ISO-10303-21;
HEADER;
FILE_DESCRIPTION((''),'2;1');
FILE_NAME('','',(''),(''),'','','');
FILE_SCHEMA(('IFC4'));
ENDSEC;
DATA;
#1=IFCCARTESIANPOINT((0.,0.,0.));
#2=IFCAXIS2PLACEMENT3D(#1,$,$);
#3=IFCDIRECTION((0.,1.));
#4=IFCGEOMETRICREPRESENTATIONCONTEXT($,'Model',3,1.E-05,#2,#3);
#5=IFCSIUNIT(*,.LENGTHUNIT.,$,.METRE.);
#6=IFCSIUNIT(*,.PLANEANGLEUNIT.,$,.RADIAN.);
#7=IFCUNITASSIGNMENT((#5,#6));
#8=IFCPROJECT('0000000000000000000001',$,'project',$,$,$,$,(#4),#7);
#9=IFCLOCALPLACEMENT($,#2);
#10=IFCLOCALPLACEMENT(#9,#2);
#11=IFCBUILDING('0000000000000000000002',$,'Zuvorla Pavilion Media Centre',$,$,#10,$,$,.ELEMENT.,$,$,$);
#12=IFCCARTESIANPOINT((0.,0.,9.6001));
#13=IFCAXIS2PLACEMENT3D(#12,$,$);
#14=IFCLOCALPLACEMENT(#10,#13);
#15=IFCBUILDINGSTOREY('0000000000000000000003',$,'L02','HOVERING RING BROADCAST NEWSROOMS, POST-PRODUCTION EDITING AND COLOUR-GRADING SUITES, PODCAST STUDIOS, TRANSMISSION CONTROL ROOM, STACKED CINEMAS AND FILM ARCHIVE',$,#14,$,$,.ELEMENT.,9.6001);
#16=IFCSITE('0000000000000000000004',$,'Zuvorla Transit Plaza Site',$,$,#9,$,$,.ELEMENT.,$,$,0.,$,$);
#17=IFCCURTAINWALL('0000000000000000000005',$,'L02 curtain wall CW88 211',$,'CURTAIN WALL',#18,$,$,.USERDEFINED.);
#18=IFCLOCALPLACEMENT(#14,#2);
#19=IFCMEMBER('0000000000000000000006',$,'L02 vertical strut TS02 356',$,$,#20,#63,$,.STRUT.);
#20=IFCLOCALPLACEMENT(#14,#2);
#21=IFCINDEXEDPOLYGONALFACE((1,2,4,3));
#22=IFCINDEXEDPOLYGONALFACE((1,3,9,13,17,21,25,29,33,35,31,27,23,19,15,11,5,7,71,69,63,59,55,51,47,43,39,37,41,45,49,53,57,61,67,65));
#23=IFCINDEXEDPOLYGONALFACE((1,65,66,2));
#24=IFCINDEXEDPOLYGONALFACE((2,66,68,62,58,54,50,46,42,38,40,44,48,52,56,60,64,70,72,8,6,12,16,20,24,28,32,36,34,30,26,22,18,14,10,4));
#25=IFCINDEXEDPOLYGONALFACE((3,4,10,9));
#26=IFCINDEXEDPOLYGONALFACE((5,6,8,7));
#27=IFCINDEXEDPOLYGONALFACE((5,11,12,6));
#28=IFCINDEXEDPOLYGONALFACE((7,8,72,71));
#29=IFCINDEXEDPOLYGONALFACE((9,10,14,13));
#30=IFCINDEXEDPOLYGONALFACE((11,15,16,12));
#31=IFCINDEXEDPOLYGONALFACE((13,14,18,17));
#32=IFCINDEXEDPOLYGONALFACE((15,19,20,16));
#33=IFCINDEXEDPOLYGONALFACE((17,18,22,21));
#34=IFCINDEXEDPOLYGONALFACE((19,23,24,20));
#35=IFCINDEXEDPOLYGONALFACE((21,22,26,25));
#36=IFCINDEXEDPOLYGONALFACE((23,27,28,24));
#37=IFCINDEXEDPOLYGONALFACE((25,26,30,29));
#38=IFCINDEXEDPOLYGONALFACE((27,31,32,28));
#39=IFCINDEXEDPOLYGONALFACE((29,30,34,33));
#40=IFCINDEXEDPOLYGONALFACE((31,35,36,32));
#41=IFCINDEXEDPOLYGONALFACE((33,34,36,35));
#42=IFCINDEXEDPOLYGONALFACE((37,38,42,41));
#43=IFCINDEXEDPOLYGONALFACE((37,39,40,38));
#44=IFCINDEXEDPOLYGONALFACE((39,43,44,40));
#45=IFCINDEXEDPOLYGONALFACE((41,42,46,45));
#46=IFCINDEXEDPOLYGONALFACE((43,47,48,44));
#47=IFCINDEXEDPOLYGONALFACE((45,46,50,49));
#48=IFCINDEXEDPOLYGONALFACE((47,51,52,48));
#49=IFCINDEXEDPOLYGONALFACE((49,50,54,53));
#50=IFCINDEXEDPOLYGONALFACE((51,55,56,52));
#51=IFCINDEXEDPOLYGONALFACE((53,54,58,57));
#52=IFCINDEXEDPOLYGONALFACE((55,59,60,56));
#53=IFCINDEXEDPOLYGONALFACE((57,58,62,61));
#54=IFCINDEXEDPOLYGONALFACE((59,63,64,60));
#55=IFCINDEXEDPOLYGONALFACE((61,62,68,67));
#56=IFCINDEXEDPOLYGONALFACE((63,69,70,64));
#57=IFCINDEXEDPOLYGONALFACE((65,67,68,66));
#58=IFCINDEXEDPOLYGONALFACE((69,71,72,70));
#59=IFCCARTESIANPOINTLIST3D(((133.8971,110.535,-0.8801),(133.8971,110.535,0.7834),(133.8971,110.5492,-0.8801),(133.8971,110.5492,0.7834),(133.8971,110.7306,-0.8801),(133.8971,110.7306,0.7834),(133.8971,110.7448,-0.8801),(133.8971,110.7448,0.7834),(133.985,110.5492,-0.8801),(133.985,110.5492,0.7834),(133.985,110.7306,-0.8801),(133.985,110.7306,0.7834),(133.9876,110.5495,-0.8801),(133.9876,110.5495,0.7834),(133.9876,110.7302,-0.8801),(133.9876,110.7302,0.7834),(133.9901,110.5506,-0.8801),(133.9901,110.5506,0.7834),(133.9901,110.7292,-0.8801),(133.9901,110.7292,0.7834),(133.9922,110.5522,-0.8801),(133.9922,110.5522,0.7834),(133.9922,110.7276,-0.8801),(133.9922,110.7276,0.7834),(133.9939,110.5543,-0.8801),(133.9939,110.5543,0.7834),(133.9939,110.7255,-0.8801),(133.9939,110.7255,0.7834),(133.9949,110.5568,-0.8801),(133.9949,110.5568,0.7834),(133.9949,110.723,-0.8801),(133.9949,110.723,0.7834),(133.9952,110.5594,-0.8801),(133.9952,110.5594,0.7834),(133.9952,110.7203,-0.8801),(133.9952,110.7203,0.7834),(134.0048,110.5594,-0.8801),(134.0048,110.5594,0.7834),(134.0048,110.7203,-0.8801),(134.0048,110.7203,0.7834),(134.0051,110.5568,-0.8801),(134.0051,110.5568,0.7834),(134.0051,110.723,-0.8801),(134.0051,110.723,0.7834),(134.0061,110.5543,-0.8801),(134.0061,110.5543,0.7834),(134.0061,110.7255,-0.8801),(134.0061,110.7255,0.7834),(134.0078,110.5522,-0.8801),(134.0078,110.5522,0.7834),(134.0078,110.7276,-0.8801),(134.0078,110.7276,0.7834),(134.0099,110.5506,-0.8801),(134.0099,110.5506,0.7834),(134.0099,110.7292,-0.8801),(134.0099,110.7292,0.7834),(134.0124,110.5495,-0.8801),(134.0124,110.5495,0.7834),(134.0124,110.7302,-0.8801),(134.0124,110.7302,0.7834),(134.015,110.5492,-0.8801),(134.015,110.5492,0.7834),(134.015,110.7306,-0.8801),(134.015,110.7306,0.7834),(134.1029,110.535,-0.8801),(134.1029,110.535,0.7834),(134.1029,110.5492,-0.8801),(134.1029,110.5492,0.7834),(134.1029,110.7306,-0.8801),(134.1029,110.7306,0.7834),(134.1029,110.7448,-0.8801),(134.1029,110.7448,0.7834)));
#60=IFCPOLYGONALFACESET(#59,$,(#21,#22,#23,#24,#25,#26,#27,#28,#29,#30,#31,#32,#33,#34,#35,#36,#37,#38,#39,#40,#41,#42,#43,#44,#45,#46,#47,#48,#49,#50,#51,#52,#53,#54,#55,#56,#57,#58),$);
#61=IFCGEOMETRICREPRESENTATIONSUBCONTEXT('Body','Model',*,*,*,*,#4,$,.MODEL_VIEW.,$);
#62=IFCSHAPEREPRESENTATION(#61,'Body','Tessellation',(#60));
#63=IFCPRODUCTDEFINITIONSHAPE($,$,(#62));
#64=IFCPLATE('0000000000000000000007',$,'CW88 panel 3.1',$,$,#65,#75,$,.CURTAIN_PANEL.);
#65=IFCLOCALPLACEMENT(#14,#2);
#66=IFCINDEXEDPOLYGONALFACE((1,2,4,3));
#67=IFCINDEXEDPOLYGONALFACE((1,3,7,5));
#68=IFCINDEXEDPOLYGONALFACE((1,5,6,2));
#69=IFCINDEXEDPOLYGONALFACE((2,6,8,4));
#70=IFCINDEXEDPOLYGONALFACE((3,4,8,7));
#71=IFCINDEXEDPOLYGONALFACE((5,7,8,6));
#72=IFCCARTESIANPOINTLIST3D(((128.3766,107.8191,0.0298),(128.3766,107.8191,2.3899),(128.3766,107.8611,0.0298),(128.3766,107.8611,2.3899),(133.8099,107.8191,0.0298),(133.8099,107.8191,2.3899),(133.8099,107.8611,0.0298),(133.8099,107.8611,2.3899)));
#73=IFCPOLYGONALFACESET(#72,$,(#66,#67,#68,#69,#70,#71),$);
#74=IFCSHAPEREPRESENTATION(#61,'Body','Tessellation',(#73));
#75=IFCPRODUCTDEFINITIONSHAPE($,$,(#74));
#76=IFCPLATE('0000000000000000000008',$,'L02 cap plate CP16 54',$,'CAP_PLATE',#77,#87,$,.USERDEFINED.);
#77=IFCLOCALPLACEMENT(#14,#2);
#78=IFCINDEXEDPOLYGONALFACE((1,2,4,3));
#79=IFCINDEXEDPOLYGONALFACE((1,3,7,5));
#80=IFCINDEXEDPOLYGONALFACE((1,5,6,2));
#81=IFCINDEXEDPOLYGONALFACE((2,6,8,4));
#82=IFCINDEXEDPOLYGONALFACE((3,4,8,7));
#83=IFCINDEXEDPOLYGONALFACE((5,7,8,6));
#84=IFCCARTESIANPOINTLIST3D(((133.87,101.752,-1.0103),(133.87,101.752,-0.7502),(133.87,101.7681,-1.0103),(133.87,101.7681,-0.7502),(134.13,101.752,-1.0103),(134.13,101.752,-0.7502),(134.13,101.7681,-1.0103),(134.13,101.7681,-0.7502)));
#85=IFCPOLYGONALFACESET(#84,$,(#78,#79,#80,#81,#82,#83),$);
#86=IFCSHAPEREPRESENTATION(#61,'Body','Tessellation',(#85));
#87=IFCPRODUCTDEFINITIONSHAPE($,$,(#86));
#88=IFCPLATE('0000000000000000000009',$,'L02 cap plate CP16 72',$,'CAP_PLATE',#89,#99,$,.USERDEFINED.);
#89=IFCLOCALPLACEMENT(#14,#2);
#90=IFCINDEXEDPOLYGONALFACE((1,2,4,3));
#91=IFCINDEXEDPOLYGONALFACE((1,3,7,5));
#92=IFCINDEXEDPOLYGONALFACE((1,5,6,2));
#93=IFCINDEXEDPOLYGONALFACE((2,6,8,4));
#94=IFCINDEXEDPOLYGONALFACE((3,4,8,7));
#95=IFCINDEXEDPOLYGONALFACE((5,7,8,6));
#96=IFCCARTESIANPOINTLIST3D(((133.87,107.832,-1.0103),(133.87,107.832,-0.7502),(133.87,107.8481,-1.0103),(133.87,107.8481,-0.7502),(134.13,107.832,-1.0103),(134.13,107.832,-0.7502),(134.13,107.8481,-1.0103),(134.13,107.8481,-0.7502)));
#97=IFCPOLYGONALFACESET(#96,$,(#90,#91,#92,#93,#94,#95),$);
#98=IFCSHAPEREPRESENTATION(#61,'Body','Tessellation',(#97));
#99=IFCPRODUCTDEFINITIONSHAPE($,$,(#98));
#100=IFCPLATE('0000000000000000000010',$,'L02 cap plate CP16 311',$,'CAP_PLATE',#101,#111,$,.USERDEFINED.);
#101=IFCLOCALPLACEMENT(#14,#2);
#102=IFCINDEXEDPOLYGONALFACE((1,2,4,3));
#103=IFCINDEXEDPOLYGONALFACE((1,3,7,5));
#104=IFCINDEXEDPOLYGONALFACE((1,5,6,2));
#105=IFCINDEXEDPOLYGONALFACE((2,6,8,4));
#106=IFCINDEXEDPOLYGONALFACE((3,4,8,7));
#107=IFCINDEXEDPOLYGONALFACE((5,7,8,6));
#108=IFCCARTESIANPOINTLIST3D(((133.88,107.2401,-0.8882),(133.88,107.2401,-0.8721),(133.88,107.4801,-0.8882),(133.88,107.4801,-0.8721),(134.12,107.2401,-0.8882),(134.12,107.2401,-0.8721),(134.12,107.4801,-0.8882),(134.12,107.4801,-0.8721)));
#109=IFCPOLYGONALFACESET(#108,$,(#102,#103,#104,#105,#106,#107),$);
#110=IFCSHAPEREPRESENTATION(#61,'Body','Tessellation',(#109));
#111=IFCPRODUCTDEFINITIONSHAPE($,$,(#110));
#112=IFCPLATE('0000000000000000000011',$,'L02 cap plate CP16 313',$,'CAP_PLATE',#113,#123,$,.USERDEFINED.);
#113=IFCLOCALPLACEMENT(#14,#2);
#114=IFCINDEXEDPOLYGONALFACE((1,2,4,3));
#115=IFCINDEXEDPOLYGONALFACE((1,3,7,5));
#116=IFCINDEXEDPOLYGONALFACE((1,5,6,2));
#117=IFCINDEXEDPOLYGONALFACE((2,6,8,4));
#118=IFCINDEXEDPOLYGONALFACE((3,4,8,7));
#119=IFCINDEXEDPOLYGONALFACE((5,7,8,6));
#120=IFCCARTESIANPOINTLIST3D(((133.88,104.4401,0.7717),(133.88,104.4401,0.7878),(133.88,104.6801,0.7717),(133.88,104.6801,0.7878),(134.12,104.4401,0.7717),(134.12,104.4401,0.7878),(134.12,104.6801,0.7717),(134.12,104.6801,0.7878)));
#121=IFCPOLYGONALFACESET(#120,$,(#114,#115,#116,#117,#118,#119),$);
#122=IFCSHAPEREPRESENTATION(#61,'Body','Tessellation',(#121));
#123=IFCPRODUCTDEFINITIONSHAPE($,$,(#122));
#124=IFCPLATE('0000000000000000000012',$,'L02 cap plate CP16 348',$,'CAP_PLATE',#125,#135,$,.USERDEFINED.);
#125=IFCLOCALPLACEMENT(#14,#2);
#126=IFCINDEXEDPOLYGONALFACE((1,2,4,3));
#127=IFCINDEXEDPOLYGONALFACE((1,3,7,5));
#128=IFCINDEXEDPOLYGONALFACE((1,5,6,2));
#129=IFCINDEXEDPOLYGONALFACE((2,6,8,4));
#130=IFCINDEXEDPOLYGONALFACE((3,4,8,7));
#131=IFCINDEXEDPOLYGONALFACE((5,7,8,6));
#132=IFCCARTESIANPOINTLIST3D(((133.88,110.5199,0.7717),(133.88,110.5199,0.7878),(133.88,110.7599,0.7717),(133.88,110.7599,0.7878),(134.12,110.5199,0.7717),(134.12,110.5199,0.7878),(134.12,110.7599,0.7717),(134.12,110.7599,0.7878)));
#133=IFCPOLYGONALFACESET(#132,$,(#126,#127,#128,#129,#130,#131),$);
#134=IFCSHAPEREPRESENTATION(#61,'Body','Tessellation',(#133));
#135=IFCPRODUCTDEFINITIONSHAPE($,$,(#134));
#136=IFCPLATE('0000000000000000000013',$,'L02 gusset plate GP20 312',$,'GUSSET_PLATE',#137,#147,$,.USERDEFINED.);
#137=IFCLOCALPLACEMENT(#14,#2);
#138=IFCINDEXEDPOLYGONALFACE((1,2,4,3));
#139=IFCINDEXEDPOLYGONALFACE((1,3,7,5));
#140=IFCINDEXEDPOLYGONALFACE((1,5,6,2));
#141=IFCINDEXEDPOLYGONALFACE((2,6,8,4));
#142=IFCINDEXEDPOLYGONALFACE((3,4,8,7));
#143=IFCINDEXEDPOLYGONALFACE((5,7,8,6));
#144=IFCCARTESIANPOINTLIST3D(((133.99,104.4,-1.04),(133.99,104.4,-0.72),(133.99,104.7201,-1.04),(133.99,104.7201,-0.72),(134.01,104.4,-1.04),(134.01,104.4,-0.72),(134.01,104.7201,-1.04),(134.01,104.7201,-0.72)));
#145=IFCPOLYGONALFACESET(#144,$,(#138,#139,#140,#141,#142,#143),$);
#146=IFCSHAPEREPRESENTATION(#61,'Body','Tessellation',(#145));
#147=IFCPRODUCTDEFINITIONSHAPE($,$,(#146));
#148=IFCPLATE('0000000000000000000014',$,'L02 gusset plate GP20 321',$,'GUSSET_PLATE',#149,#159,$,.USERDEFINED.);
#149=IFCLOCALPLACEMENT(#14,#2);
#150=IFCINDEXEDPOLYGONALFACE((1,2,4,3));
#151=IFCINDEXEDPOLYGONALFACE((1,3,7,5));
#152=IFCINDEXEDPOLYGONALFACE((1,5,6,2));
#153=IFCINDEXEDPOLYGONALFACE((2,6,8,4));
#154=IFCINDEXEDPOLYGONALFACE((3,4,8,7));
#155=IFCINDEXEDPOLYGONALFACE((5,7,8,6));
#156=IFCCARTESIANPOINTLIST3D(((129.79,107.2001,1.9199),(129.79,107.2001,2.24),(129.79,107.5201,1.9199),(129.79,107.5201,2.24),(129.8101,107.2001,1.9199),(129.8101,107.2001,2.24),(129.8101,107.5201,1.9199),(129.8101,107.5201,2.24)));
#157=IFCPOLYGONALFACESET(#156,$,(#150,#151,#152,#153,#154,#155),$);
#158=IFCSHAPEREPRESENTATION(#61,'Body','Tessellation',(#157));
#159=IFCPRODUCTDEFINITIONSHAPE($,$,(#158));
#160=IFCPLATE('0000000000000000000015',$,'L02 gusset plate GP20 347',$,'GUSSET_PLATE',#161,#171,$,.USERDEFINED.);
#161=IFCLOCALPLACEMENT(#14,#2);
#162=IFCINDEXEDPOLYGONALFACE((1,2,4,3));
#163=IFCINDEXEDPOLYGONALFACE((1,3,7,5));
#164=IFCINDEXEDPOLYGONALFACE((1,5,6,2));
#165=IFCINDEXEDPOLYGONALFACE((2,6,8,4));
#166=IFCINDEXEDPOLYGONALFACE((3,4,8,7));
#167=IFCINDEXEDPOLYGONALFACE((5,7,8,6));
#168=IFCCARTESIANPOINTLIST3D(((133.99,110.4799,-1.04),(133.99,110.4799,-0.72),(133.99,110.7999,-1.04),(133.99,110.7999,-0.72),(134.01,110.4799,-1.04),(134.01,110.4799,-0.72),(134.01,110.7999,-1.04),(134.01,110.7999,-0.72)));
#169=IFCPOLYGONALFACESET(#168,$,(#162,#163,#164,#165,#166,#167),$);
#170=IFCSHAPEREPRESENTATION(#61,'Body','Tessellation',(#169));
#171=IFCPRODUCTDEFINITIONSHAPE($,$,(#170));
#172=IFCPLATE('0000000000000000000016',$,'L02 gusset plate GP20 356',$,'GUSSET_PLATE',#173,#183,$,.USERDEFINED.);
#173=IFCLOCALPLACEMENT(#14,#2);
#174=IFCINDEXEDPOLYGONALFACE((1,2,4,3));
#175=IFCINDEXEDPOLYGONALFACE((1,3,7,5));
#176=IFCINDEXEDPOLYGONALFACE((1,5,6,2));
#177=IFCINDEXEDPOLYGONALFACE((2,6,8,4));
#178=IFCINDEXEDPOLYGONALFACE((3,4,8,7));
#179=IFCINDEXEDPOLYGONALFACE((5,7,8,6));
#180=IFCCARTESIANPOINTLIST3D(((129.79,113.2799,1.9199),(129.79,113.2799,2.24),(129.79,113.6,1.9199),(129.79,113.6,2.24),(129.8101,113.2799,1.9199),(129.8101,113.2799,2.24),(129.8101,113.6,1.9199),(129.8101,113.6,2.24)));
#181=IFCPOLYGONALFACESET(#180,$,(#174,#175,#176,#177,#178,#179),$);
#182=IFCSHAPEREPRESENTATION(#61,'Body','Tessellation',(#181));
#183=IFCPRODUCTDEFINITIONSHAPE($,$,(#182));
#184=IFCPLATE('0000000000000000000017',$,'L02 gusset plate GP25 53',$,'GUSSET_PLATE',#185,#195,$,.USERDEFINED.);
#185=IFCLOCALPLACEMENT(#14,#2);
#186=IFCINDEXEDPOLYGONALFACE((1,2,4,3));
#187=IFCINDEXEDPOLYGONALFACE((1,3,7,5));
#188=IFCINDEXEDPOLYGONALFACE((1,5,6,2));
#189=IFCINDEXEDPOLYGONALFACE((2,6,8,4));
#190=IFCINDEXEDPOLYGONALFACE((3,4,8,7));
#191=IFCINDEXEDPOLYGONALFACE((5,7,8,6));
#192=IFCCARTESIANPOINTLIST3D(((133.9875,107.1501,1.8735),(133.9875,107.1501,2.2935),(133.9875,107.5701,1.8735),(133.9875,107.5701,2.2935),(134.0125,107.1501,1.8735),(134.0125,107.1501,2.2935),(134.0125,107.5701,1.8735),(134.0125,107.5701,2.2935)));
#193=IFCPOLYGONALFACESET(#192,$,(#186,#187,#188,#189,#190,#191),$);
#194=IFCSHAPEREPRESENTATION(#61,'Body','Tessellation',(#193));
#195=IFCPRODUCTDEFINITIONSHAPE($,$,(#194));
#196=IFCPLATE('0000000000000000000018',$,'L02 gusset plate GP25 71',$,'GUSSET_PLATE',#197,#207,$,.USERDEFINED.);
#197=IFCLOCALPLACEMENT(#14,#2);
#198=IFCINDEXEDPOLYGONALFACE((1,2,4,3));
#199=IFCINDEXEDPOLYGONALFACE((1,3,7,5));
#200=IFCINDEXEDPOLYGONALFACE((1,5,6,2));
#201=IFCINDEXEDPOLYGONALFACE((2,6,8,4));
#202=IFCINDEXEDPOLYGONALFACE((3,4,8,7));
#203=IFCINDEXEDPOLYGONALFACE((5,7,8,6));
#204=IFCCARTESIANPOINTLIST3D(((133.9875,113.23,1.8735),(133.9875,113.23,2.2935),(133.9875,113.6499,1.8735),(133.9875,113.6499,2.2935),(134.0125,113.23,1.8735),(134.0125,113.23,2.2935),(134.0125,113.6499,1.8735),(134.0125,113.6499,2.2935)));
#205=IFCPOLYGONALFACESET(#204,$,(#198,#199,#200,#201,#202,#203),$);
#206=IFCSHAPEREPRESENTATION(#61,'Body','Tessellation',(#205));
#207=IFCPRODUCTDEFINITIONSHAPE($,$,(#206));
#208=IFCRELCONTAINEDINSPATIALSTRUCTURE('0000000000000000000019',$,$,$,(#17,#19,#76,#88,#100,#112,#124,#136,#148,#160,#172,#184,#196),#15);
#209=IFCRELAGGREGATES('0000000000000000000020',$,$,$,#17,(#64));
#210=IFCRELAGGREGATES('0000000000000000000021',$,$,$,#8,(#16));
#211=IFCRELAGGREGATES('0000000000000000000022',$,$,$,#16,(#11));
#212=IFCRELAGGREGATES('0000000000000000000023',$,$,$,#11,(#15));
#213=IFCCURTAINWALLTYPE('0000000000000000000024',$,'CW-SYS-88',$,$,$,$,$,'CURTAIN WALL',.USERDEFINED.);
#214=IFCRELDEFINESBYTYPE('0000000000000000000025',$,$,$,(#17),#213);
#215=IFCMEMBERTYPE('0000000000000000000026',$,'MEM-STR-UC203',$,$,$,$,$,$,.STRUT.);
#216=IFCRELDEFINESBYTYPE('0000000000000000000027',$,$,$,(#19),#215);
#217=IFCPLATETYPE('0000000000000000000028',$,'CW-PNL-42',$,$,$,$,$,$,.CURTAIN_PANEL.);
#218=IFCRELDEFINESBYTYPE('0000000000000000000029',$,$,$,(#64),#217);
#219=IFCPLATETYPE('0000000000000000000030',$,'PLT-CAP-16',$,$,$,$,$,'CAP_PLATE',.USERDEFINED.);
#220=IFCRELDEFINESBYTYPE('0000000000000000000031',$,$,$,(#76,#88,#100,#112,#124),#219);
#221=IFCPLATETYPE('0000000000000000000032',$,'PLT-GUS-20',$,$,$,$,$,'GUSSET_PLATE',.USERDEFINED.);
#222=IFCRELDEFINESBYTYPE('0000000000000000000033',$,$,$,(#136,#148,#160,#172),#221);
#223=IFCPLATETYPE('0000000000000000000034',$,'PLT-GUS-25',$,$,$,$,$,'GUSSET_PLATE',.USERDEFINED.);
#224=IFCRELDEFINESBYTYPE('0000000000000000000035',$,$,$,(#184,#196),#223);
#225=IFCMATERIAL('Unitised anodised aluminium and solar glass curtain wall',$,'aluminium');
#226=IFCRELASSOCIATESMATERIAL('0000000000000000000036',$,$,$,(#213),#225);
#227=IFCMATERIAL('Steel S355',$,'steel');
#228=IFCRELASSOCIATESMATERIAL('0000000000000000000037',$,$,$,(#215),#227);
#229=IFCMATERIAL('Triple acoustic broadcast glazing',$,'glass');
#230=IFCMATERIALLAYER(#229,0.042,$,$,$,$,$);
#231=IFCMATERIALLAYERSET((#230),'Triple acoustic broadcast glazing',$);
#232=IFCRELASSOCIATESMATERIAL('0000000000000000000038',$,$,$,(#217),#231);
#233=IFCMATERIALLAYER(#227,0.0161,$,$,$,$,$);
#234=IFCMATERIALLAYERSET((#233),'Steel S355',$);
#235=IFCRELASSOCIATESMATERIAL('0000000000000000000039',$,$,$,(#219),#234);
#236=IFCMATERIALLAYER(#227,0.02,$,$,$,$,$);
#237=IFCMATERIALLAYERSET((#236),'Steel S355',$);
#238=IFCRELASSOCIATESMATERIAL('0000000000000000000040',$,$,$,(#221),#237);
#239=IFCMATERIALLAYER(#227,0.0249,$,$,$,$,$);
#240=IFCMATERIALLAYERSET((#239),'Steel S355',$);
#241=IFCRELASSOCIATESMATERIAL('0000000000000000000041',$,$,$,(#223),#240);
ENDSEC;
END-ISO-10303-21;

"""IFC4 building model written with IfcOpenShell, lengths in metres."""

from ifc_helpers import new_model, si_unit, direction, frame, origin, origin_2d, place, context, subcontext, project, spatial, rectangle, i_section, extrude, material, layer, layer_set, material_profile, profile_set, type_object, element, aggregate, save


model = new_model("IFC4")

# Units and contexts
model_context = context("Model", 3, precision=1e-05, world=origin(), true_north=direction((0.0, 1.0)))
body_context = subcontext(model_context, "Body", "Model", "MODEL_VIEW")
ifc_project = project(units=[si_unit("LENGTHUNIT", "METRE"), si_unit("PLANEANGLEUNIT", "RADIAN")], contexts=[model_context])

# Site, building, storey
site_placement = place(None, origin())
site = spatial("IfcSite", under=ifc_project, at=site_placement, Name="Zuvorla Transit Plaza Site", CompositionType="ELEMENT", RefElevation=0.0)
building_placement = place(site_placement, origin())
building = spatial("IfcBuilding", under=site, at=building_placement, Name="Zuvorla Pavilion Media Centre", CompositionType="ELEMENT")
storey_placement = place(building_placement, frame((0.0, 0.0, 9.6001)))
storey = spatial("IfcBuildingStorey", under=building, at=storey_placement, Name="L02", Description="HOVERING RING BROADCAST NEWSROOMS, POST-PRODUCTION EDITING AND COLOUR-GRADING SUITES, PODCAST STUDIOS, TRANSMISSION CONTROL ROOM, STACKED CINEMAS AND FILM ARCHIVE", CompositionType="ELEMENT", Elevation=9.6001)

# Curtain wall
ifc_material_1 = material(Name="Unitised anodised aluminium and solar glass curtain wall", Category="aluminium")
curtain_wall_type = type_object("IfcCurtainWallType", Name="CW-SYS-88", ElementType="CURTAIN WALL", PredefinedType="USERDEFINED", material=ifc_material_1)
curtain_wall_1_placement = place(storey_placement, origin())
curtain_wall_1 = element("IfcCurtainWall", 1, at=curtain_wall_1_placement, inside=storey, type_object=curtain_wall_type, Name="L02 curtain wall CW88 211", ObjectType="CURTAIN WALL", PredefinedType="USERDEFINED")

# Member
ifc_material_2 = material(Name="Steel S355", Category="steel")
ifc_material_profile_1 = material_profile(ifc_material_2, i_section(OverallWidth=0.2058, OverallDepth=0.2097, WebThickness=0.0095, FlangeThickness=0.0142, FilletRadius=0.0103, at=origin_2d()), Name="UC 203x203x60")
ifc_profile_set_1 = profile_set([ifc_material_profile_1], Name="Steel S355")
member_type_1 = type_object("IfcMemberType", Name="MEM-STR-UC203", PredefinedType="STRUT", material=ifc_profile_set_1)
for number, where, z_axis, x_axis, name in (
    (2, (134.0, 110.6399, -0.8801), (0.0, 0.0, 1.0), (1.0, 0.0, 0.0), "L02 vertical strut TS02 356"),
):
    element("IfcMember", number, at=place(storey_placement, frame(where, z_axis=z_axis, x_axis=x_axis)), inside=storey, type_object=member_type_1, Name=name, PredefinedType="STRUT", context=body_context, shape_type="SweptSolid", body=[
        extrude(i_section(OverallWidth=0.2058, OverallDepth=0.2097, WebThickness=0.0095, FlangeThickness=0.0142, FilletRadius=0.0103, at=origin_2d()), origin(), (0.0, 0.0, 1.0), 1.6636),
    ])

# Plate
ifc_material_3 = material(Name="Triple acoustic broadcast glazing", Category="glass")
ifc_layer_1 = layer(ifc_material_3, 0.042)
ifc_layer_set_1 = layer_set([ifc_layer_1], Name="Triple acoustic broadcast glazing")
plate_type_1 = type_object("IfcPlateType", Name="CW-PNL-42", PredefinedType="CURTAIN_PANEL", material=ifc_layer_set_1)
plate_placement = place(storey_placement, frame((131.0933, 107.8401, 0.0298), z_axis=(0.0, 0.0, 1.0), x_axis=(1.0, 0.0, 0.0)))
plate = element("IfcPlate", 3, at=plate_placement, type_object=plate_type_1, Name="CW88 panel 3.1", PredefinedType="CURTAIN_PANEL", context=body_context, shape_type="SweptSolid", body=[
    extrude(rectangle(XDim=5.4333, YDim=0.042, at=origin_2d()), origin(), (0.0, 0.0, 1.0), 2.3601),
])
aggregate(curtain_wall_1, [plate])

# Plates
ifc_layer_2 = layer(ifc_material_2, 0.0161)
ifc_layer_set_2 = layer_set([ifc_layer_2], Name="Steel S355")
plate_type_2 = type_object("IfcPlateType", Name="PLT-CAP-16", ElementType="CAP_PLATE", PredefinedType="USERDEFINED", material=ifc_layer_set_2)
for number, where, z_axis, x_axis, name in (
    (4, (134.0, 101.76, -1.0103), (0.0, 0.0, 1.0), (1.0, 0.0, 0.0), "L02 cap plate CP16 54"),
    (5, (134.0, 107.8401, -1.0103), (0.0, 0.0, 1.0), (1.0, 0.0, 0.0), "L02 cap plate CP16 72"),
):
    element("IfcPlate", number, at=place(storey_placement, frame(where, z_axis=z_axis, x_axis=x_axis)), inside=storey, type_object=plate_type_2, Name=name, ObjectType="CAP_PLATE", PredefinedType="USERDEFINED", context=body_context, shape_type="SweptSolid", body=[
        extrude(rectangle(XDim=0.26, YDim=0.0161, at=origin_2d()), origin(), (0.0, 0.0, 1.0), 0.26),
    ])
for number, where, z_axis, x_axis, name in (
    (6, (134.0, 107.3601, -0.8882), (0.0, 0.0, 1.0), (1.0, 0.0, 0.0), "L02 cap plate CP16 311"),
    (7, (134.0, 104.5601, 0.7717), (0.0, 0.0, 1.0), (1.0, 0.0, 0.0), "L02 cap plate CP16 313"),
    (8, (134.0, 110.6399, 0.7717), (0.0, 0.0, 1.0), (1.0, 0.0, 0.0), "L02 cap plate CP16 348"),
):
    element("IfcPlate", number, at=place(storey_placement, frame(where, z_axis=z_axis, x_axis=x_axis)), inside=storey, type_object=plate_type_2, Name=name, ObjectType="CAP_PLATE", PredefinedType="USERDEFINED", context=body_context, shape_type="SweptSolid", body=[
        extrude(rectangle(XDim=0.24, YDim=0.24, at=origin_2d()), origin(), (0.0, 0.0, 1.0), 0.0161),
    ])
ifc_layer_3 = layer(ifc_material_2, 0.02)
ifc_layer_set_3 = layer_set([ifc_layer_3], Name="Steel S355")
plate_type_3 = type_object("IfcPlateType", Name="PLT-GUS-20", ElementType="GUSSET_PLATE", PredefinedType="USERDEFINED", material=ifc_layer_set_3)
for number, where, z_axis, x_axis, name in (
    (9, (134.0, 104.5601, -1.04), (0.0, 0.0, 1.0), (1.0, 0.0, 0.0), "L02 gusset plate GP20 312"),
    (10, (129.8, 107.3601, 1.9199), (0.0, 0.0, 1.0), (1.0, 0.0, 0.0), "L02 gusset plate GP20 321"),
    (11, (134.0, 110.6399, -1.04), (0.0, 0.0, 1.0), (1.0, 0.0, 0.0), "L02 gusset plate GP20 347"),
    (12, (129.8, 113.4399, 1.9199), (0.0, 0.0, 1.0), (1.0, 0.0, 0.0), "L02 gusset plate GP20 356"),
):
    element("IfcPlate", number, at=place(storey_placement, frame(where, z_axis=z_axis, x_axis=x_axis)), inside=storey, type_object=plate_type_3, Name=name, ObjectType="GUSSET_PLATE", PredefinedType="USERDEFINED", context=body_context, shape_type="SweptSolid", body=[
        extrude(rectangle(XDim=0.02, YDim=0.3201, at=origin_2d()), origin(), (0.0, 0.0, 1.0), 0.3201),
    ])
ifc_layer_4 = layer(ifc_material_2, 0.0249)
ifc_layer_set_4 = layer_set([ifc_layer_4], Name="Steel S355")
plate_type_4 = type_object("IfcPlateType", Name="PLT-GUS-25", ElementType="GUSSET_PLATE", PredefinedType="USERDEFINED", material=ifc_layer_set_4)
for number, where, z_axis, x_axis, name in (
    (13, (134.0, 107.3601, 1.8735), (0.0, 0.0, 1.0), (1.0, 0.0, 0.0), "L02 gusset plate GP25 53"),
    (14, (134.0, 113.4399, 1.8735), (0.0, 0.0, 1.0), (1.0, 0.0, 0.0), "L02 gusset plate GP25 71"),
):
    element("IfcPlate", number, at=place(storey_placement, frame(where, z_axis=z_axis, x_axis=x_axis)), inside=storey, type_object=plate_type_4, Name=name, ObjectType="GUSSET_PLATE", PredefinedType="USERDEFINED", context=body_context, shape_type="SweptSolid", body=[
        extrude(rectangle(XDim=0.0249, YDim=0.4199, at=origin_2d()), origin(), (0.0, 0.0, 1.0), 0.4199),
    ])

save(model, "model.ifc")
